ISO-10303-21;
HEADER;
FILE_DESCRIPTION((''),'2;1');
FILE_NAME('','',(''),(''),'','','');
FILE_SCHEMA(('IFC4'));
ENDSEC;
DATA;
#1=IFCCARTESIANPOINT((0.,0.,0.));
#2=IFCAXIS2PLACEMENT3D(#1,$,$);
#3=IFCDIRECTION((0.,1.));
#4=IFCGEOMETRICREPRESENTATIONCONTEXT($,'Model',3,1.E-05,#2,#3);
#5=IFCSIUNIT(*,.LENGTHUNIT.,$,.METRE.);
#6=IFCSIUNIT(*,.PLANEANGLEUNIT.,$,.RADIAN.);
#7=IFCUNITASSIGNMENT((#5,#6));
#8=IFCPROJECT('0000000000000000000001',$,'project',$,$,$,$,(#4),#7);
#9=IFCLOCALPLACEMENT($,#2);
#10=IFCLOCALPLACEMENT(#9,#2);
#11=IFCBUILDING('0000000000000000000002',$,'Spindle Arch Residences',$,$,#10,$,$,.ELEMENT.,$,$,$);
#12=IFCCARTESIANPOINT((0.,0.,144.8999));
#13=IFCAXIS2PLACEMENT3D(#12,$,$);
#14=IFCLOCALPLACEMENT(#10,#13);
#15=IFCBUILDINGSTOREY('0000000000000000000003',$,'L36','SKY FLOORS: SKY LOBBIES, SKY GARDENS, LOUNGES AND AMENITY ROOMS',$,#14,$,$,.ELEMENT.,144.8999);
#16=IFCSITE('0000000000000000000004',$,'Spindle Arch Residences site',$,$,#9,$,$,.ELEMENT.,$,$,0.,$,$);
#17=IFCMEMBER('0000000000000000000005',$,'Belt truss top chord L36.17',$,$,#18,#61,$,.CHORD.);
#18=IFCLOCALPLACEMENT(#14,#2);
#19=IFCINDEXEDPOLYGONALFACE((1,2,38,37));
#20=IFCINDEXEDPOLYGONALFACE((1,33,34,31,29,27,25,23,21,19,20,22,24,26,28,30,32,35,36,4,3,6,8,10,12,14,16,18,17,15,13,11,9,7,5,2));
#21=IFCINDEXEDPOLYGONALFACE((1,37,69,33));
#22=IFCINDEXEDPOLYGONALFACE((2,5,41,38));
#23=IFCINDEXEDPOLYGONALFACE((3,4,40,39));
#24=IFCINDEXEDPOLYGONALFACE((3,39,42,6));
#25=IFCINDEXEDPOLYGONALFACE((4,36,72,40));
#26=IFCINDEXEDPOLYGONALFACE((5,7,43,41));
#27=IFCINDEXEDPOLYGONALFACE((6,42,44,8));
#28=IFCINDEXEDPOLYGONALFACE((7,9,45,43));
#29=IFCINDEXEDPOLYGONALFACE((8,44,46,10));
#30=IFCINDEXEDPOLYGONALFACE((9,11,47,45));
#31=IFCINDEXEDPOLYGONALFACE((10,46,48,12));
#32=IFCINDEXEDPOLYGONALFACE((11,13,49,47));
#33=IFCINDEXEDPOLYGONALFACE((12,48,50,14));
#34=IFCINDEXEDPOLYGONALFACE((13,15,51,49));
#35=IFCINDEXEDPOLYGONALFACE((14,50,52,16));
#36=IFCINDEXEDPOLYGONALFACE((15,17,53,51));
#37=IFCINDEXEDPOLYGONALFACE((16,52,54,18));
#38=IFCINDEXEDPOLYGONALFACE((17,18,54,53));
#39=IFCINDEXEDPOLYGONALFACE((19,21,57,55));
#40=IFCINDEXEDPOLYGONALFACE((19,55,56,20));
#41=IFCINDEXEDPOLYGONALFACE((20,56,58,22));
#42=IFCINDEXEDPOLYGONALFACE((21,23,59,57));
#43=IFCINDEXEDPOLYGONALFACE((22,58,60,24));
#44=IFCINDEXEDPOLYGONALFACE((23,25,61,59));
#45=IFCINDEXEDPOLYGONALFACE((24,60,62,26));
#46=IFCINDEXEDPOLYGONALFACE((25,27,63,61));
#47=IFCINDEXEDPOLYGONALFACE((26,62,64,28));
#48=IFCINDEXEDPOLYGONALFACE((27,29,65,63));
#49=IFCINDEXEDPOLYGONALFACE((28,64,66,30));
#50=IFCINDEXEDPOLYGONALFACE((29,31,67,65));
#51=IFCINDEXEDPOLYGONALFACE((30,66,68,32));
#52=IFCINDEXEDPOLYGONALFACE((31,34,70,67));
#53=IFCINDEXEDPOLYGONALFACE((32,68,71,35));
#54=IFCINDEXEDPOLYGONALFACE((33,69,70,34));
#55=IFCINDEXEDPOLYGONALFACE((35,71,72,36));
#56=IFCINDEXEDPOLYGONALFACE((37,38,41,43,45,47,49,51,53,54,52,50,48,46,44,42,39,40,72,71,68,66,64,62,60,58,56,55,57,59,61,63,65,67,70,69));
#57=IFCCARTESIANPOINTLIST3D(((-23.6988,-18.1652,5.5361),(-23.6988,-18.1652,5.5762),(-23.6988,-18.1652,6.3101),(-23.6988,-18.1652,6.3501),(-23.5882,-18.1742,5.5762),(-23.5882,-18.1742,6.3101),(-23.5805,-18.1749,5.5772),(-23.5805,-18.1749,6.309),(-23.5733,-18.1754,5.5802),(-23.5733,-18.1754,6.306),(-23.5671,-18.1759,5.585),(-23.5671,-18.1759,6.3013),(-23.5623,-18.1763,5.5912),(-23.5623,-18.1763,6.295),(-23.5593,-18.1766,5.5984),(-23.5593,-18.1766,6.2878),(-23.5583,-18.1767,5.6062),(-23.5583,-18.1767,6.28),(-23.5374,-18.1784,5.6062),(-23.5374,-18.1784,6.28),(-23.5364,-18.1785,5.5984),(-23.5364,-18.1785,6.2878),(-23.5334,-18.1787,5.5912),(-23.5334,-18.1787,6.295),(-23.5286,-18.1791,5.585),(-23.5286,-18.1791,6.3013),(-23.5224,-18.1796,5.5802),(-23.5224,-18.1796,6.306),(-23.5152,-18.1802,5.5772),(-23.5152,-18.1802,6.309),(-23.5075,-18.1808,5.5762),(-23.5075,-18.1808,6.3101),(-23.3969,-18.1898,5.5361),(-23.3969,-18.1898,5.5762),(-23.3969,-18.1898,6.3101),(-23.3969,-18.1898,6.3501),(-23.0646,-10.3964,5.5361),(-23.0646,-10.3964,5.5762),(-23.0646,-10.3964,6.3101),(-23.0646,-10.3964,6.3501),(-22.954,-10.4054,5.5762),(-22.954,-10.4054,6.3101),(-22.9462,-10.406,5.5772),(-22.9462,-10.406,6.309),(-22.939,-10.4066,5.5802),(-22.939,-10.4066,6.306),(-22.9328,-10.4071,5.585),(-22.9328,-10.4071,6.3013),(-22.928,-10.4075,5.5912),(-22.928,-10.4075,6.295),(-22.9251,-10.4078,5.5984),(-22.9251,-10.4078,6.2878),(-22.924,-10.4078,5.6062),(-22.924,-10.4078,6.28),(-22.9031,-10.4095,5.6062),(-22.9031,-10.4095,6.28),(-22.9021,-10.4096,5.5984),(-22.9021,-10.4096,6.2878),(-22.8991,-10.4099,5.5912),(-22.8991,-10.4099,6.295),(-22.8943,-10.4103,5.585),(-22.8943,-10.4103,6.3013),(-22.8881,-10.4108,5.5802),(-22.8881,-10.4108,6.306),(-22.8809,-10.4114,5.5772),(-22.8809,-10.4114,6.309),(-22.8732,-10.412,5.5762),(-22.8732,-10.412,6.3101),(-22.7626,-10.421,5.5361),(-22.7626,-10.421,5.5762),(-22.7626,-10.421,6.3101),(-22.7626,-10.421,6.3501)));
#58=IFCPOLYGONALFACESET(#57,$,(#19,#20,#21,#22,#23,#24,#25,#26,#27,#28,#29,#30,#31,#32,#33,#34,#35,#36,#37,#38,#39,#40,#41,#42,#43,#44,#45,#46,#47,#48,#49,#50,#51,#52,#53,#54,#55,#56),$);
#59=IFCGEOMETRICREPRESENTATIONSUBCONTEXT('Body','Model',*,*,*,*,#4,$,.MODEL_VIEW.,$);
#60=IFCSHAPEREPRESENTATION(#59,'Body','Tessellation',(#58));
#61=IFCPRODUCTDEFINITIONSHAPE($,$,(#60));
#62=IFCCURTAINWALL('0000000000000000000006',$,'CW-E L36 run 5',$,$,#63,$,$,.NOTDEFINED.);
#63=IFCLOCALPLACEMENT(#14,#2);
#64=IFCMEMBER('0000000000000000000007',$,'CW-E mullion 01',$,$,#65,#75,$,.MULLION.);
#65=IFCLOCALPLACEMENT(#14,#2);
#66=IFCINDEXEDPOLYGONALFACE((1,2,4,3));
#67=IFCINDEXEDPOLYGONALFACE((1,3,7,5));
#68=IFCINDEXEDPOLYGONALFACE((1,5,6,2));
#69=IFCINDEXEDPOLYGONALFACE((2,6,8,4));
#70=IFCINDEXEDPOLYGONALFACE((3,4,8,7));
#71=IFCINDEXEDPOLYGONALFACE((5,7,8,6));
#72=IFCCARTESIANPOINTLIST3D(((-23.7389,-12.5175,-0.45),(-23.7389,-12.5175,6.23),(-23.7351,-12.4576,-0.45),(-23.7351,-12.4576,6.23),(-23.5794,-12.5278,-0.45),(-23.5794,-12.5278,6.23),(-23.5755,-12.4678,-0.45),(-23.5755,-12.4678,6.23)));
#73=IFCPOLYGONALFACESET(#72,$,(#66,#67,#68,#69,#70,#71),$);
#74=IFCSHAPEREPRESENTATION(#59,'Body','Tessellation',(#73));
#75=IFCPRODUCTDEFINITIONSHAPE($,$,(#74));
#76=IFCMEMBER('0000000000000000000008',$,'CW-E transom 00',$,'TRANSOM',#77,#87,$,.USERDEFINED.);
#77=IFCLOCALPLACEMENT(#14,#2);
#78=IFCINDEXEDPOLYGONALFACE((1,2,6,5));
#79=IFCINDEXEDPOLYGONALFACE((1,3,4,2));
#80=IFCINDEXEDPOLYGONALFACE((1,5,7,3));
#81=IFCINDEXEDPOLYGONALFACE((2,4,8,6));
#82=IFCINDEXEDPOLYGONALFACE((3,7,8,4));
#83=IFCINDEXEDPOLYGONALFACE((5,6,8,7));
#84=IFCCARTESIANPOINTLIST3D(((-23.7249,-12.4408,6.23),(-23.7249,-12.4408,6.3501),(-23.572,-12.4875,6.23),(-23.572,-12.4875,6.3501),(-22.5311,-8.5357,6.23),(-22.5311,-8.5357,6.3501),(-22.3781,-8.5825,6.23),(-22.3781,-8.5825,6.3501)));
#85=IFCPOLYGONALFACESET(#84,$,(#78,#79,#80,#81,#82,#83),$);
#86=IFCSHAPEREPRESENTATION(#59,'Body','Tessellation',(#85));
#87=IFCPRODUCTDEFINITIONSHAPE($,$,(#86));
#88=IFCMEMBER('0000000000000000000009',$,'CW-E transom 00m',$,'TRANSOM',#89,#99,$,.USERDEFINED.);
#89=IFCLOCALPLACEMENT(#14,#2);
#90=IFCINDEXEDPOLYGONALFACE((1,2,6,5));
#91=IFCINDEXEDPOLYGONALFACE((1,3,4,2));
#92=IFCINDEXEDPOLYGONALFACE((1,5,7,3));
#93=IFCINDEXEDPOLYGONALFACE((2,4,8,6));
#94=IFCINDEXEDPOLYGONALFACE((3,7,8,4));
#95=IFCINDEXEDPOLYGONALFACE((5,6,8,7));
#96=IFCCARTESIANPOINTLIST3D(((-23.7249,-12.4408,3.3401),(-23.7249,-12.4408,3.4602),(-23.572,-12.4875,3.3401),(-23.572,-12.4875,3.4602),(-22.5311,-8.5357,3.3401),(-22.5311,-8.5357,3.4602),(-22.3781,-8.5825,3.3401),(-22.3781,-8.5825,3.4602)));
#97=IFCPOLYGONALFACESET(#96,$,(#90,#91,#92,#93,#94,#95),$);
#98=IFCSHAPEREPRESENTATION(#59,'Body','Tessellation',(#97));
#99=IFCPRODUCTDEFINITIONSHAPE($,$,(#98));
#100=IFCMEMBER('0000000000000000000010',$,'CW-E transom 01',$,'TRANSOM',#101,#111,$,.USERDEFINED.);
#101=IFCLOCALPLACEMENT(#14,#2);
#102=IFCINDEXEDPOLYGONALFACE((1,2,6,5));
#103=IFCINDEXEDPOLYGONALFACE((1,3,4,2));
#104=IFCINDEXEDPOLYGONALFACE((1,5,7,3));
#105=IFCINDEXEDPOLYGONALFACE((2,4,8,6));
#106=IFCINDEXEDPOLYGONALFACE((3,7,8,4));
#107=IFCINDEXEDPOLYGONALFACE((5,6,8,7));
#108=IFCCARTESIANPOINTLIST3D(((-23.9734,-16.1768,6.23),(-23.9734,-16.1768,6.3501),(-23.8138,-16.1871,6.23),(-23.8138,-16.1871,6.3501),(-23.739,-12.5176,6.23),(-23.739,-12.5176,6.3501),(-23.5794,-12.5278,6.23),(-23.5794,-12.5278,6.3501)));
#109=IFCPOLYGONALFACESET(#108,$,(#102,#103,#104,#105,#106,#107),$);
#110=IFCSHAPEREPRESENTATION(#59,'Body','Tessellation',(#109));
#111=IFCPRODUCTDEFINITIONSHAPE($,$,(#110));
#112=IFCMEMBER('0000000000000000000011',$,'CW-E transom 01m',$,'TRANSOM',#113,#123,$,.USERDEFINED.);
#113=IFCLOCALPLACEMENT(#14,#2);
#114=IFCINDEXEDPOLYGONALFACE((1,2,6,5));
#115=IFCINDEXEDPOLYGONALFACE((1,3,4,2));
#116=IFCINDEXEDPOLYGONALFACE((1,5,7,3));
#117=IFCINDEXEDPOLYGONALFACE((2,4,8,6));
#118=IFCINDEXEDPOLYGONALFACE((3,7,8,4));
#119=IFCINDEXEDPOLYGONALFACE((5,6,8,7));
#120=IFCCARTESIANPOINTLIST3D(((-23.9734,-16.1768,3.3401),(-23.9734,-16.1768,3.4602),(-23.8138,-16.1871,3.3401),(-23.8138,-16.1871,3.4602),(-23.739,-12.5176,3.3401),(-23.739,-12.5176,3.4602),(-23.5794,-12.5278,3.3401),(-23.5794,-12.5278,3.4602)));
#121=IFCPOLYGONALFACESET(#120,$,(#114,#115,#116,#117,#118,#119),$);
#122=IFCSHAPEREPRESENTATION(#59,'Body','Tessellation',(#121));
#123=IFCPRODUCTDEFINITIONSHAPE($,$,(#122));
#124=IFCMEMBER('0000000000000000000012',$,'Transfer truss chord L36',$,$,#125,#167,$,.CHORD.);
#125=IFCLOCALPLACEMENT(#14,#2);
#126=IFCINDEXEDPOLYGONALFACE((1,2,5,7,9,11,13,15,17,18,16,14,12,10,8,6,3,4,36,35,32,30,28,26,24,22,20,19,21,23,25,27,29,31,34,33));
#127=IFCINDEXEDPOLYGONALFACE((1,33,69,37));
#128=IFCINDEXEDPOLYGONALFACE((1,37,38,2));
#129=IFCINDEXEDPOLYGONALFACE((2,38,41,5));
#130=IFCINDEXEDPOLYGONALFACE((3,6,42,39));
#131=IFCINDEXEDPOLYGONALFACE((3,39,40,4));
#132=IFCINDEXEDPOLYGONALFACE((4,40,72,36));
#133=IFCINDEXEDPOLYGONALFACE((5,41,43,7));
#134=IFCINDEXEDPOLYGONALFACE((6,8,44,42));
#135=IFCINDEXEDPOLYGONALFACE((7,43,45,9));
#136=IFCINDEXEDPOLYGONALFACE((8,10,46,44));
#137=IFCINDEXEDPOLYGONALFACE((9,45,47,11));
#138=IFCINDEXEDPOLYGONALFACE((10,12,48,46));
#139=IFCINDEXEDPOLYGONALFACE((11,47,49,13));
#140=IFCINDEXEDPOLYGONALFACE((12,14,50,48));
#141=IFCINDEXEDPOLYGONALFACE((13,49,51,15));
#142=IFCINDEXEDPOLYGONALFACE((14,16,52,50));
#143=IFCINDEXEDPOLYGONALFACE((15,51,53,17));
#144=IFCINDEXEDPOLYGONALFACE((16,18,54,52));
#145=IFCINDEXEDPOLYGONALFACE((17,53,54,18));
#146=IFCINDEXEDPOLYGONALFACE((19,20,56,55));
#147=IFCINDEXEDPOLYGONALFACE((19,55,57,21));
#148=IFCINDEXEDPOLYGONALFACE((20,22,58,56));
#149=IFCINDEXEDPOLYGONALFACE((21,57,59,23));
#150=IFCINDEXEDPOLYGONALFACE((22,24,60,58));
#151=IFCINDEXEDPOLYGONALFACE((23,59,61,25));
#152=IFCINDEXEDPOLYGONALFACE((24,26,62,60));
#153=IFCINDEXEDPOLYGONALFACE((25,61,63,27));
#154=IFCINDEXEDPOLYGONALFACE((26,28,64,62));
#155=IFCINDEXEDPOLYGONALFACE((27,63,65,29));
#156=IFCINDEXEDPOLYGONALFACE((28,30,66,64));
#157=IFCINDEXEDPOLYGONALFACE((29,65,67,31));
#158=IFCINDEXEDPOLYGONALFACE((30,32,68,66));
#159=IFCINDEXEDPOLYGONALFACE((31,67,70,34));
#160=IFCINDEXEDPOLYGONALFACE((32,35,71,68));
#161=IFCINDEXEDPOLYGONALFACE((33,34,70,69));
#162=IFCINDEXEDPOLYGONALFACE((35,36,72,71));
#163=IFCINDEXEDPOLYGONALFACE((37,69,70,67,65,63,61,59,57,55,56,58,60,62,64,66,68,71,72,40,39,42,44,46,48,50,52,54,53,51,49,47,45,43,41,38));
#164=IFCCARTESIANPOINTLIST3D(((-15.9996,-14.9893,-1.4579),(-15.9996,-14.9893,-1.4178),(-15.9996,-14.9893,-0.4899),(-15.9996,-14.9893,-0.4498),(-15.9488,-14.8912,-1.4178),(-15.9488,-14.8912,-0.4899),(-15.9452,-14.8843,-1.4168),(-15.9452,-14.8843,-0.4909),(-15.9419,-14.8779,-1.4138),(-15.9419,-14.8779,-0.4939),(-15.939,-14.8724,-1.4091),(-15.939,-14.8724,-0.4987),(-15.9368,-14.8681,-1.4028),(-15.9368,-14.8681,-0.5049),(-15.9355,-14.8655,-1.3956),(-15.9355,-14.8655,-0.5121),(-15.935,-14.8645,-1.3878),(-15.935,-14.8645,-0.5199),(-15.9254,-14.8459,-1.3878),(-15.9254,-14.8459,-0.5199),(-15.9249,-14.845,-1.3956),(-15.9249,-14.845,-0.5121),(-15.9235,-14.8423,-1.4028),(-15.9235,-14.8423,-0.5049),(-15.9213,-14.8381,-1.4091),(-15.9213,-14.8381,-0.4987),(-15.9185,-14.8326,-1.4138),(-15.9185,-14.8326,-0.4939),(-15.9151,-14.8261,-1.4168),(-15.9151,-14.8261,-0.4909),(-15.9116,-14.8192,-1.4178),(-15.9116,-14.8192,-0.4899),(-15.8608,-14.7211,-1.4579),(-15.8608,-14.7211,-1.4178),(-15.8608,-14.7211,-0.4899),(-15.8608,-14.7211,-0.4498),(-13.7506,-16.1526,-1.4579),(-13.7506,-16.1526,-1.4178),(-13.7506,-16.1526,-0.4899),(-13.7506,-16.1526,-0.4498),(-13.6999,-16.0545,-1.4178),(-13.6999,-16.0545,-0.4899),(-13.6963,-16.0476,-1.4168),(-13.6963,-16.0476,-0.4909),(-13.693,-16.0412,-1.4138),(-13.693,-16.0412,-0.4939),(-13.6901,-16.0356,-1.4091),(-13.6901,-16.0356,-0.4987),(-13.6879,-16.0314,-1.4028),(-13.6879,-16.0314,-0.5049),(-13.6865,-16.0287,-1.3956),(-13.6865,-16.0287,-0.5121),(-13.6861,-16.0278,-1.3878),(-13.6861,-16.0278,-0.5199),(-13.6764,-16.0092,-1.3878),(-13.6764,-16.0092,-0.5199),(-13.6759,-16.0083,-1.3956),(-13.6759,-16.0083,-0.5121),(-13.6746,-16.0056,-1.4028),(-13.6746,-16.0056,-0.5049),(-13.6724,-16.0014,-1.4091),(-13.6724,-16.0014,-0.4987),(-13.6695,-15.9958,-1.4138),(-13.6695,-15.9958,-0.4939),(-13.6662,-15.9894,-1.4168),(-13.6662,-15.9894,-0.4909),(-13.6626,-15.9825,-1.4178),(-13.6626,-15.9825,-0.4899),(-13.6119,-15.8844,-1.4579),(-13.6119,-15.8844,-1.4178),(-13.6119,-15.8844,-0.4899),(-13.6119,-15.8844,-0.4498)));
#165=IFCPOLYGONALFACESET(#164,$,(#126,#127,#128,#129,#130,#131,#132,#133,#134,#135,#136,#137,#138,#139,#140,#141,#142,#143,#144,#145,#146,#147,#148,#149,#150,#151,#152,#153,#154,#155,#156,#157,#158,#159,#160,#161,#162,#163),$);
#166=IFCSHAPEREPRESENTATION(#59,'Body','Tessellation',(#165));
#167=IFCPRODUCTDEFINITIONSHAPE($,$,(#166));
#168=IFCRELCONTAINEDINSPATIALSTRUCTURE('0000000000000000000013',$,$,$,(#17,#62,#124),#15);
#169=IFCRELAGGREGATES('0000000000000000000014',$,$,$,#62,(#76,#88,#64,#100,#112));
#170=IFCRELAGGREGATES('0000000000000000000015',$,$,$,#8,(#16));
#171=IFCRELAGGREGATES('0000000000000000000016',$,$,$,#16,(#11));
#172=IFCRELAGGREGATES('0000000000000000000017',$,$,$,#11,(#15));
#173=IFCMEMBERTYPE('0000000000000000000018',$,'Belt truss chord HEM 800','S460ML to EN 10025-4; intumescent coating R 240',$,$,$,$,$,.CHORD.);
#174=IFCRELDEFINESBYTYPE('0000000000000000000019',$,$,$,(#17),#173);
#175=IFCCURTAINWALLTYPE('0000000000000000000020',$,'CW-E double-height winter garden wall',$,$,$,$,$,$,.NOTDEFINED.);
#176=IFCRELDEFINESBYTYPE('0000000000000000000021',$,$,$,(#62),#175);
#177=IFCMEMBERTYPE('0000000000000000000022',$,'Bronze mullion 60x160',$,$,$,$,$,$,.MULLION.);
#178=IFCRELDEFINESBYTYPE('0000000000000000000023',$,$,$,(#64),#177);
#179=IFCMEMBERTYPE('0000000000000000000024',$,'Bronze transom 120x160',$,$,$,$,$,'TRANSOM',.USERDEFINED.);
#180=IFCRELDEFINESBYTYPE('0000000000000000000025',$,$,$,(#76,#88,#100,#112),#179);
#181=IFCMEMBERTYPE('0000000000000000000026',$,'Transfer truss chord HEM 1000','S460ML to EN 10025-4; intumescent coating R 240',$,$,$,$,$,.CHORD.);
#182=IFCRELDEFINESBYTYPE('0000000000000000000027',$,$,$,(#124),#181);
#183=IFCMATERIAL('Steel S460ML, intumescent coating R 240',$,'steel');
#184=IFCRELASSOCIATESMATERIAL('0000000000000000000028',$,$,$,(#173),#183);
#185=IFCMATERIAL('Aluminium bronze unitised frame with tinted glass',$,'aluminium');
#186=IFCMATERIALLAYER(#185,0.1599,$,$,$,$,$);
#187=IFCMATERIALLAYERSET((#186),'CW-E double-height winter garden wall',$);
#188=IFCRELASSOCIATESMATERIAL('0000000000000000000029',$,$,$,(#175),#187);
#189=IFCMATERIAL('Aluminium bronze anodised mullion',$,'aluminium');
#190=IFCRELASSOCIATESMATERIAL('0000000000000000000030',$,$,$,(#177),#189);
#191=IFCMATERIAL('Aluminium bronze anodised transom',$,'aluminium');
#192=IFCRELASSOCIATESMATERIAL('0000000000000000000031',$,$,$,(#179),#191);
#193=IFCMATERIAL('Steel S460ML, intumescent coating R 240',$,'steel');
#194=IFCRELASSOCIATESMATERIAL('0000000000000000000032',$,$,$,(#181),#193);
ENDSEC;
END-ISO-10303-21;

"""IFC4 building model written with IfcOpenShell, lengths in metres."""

from ifc_helpers import new_model, si_unit, direction, frame, origin, origin_2d, place, context, subcontext, project, spatial, rectangle, i_section, extrude, material, layer, layer_set, material_profile, profile_set, type_object, element, aggregate, save


model = new_model("IFC4")

# Units and contexts
model_context = context("Model", 3, precision=1e-05, world=origin(), true_north=direction((0.0, 1.0)))
body_context = subcontext(model_context, "Body", "Model", "MODEL_VIEW")
ifc_project = project(units=[si_unit("LENGTHUNIT", "METRE"), si_unit("PLANEANGLEUNIT", "RADIAN")], contexts=[model_context])

# Site, building, storey
site_placement = place(None, origin())
site = spatial("IfcSite", under=ifc_project, at=site_placement, Name="Spindle Arch Residences site", CompositionType="ELEMENT", RefElevation=0.0)
building_placement = place(site_placement, origin())
building = spatial("IfcBuilding", under=site, at=building_placement, Name="Spindle Arch Residences", CompositionType="ELEMENT")
storey_placement = place(building_placement, frame((0.0, 0.0, 144.8999)))
storey = spatial("IfcBuildingStorey", under=building, at=storey_placement, Name="L36", Description="SKY FLOORS: SKY LOBBIES, SKY GARDENS, LOUNGES AND AMENITY ROOMS", CompositionType="ELEMENT", Elevation=144.8999)

# Member
ifc_material_1 = material(Name="Steel S460ML, intumescent coating R 240", Category="steel")
ifc_material_profile_1 = material_profile(ifc_material_1, i_section(OverallWidth=0.303, OverallDepth=0.814, WebThickness=0.021, FlangeThickness=0.04, FilletRadius=0.03, at=origin_2d()), Name="HEM 800")
ifc_profile_set_1 = profile_set([ifc_material_profile_1], Name="Steel S460ML, intumescent coating R 240")
member_type_1 = type_object("IfcMemberType", Name="Belt truss chord HEM 800", Description="S460ML to EN 10025-4; intumescent coating R 240", PredefinedType="CHORD", material=ifc_profile_set_1)
member_1_placement = place(storey_placement, frame((-22.9136, -10.4087, 5.9431), z_axis=(-0.081373, -0.996684, 0.0), x_axis=(0.996684, -0.081373, 0.0)))
element("IfcMember", 1, at=member_1_placement, inside=storey, type_object=member_type_1, Name="Belt truss top chord L36.17", PredefinedType="CHORD", context=body_context, shape_type="SweptSolid", body=[
    extrude(i_section(OverallWidth=0.303, OverallDepth=0.814, WebThickness=0.021, FlangeThickness=0.04, FilletRadius=0.03, at=origin_2d()), origin(), (0.0, 0.0, 1.0), 7.7947),
])

# Curtain wall, members
ifc_material_2 = material(Name="Aluminium bronze unitised frame with tinted glass", Category="aluminium")
ifc_layer_1 = layer(ifc_material_2, 0.1599)
ifc_layer_set_1 = layer_set([ifc_layer_1], Name="CW-E double-height winter garden wall")
curtain_wall_type = type_object("IfcCurtainWallType", Name="CW-E double-height winter garden wall", PredefinedType="NOTDEFINED", material=ifc_layer_set_1)
curtain_wall_placement = place(storey_placement, origin())
curtain_wall = element("IfcCurtainWall", 2, at=curtain_wall_placement, inside=storey, type_object=curtain_wall_type, Name="CW-E L36 run 5", PredefinedType="NOTDEFINED")
ifc_material_3 = material(Name="Aluminium bronze anodised mullion", Category="aluminium")
ifc_material_profile_2 = material_profile(ifc_material_3, rectangle(XDim=0.1599, YDim=0.0601, at=origin_2d()), Name="MU 60x160")
ifc_profile_set_2 = profile_set([ifc_material_profile_2], Name="Aluminium bronze anodised mullion")
member_type_2 = type_object("IfcMemberType", Name="Bronze mullion 60x160", PredefinedType="MULLION", material=ifc_profile_set_2)
member_2_placement = place(storey_placement, frame((-23.6572, -12.4927, -0.45), z_axis=(0.0, 0.0, 1.0), x_axis=(0.997953, -0.063952, 0.0)))
member_2 = element("IfcMember", 3, at=member_2_placement, type_object=member_type_2, Name="CW-E mullion 01", PredefinedType="MULLION", context=body_context, shape_type="SweptSolid", body=[
    extrude(rectangle(XDim=0.1599, YDim=0.0601, at=origin_2d()), origin(), (0.0, 0.0, 1.0), 6.6799),
])
ifc_material_4 = material(Name="Aluminium bronze anodised transom", Category="aluminium")
ifc_material_profile_3 = material_profile(ifc_material_4, rectangle(XDim=0.1599, YDim=0.1201, at=origin_2d()), Name="TR 120x160")
ifc_profile_set_3 = profile_set([ifc_material_profile_3], Name="Aluminium bronze anodised transom")
member_type_3 = type_object("IfcMemberType", Name="Bronze transom 120x160", ElementType="TRANSOM", PredefinedType="USERDEFINED", material=ifc_profile_set_3)
member_3_placement = place(storey_placement, frame((-22.4546, -8.5591, 6.29), z_axis=(-0.292363, -0.956307, 0.0), x_axis=(0.956307, -0.292363, 0.0)))
member_3 = element("IfcMember", 4, at=member_3_placement, type_object=member_type_3, Name="CW-E transom 00", ObjectType="TRANSOM", PredefinedType="USERDEFINED", context=body_context, shape_type="SweptSolid", body=[
    extrude(rectangle(XDim=0.1599, YDim=0.1201, at=origin_2d()), origin(), (0.0, 0.0, 1.0), 4.0835),
])
member_4_placement = place(storey_placement, frame((-22.4546, -8.5591, 3.4001), z_axis=(-0.292363, -0.956307, 0.0), x_axis=(0.956307, -0.292363, 0.0)))
member_4 = element("IfcMember", 5, at=member_4_placement, type_object=member_type_3, Name="CW-E transom 00m", ObjectType="TRANSOM", PredefinedType="USERDEFINED", context=body_context, shape_type="SweptSolid", body=[
    extrude(rectangle(XDim=0.1599, YDim=0.1201, at=origin_2d()), origin(), (0.0, 0.0, 1.0), 4.0835),
])
member_5_placement = place(storey_placement, frame((-23.6592, -12.5227, 6.29), z_axis=(-0.06392, -0.997955, 0.0), x_axis=(0.997955, -0.06392, 0.0)))
member_5 = element("IfcMember", 6, at=member_5_placement, type_object=member_type_3, Name="CW-E transom 01", ObjectType="TRANSOM", PredefinedType="USERDEFINED", context=body_context, shape_type="SweptSolid", body=[
    extrude(rectangle(XDim=0.1599, YDim=0.1201, at=origin_2d()), origin(), (0.0, 0.0, 1.0), 3.6667),
])
member_6_placement = place(storey_placement, frame((-23.6592, -12.5227, 3.4001), z_axis=(-0.06392, -0.997955, 0.0), x_axis=(0.997955, -0.06392, 0.0)))
member_6 = element("IfcMember", 7, at=member_6_placement, type_object=member_type_3, Name="CW-E transom 01m", ObjectType="TRANSOM", PredefinedType="USERDEFINED", context=body_context, shape_type="SweptSolid", body=[
    extrude(rectangle(XDim=0.1599, YDim=0.1201, at=origin_2d()), origin(), (0.0, 0.0, 1.0), 3.6667),
])

# Member
ifc_material_5 = material(Name="Steel S460ML, intumescent coating R 240", Category="steel")
ifc_material_profile_4 = material_profile(ifc_material_5, i_section(OverallWidth=0.302, OverallDepth=1.0081, WebThickness=0.021, FlangeThickness=0.04, FilletRadius=0.03, at=origin_2d()), Name="HEM 1000")
ifc_profile_set_4 = profile_set([ifc_material_profile_4], Name="Steel S460ML, intumescent coating R 240")
member_type_4 = type_object("IfcMemberType", Name="Transfer truss chord HEM 1000", Description="S460ML to EN 10025-4; intumescent coating R 240", PredefinedType="CHORD", material=ifc_profile_set_4)
for number, where, z_axis, x_axis, name in (
    (8, (-15.9302, -14.8552, -0.9539), (0.888211, -0.459436, 0.0), (0.459436, 0.888211, 0.0), "Transfer truss chord L36"),
):
    element("IfcMember", number, at=place(storey_placement, frame(where, z_axis=z_axis, x_axis=x_axis)), inside=storey, type_object=member_type_4, Name=name, PredefinedType="CHORD", context=body_context, shape_type="SweptSolid", body=[
        extrude(i_section(OverallWidth=0.302, OverallDepth=1.0081, WebThickness=0.021, FlangeThickness=0.04, FilletRadius=0.03, at=origin_2d()), origin(), (0.0, 0.0, 1.0), 2.532),
    ])

aggregate(curtain_wall, [member_3, member_4, member_2, member_5, member_6])

save(model, "model.ifc")
